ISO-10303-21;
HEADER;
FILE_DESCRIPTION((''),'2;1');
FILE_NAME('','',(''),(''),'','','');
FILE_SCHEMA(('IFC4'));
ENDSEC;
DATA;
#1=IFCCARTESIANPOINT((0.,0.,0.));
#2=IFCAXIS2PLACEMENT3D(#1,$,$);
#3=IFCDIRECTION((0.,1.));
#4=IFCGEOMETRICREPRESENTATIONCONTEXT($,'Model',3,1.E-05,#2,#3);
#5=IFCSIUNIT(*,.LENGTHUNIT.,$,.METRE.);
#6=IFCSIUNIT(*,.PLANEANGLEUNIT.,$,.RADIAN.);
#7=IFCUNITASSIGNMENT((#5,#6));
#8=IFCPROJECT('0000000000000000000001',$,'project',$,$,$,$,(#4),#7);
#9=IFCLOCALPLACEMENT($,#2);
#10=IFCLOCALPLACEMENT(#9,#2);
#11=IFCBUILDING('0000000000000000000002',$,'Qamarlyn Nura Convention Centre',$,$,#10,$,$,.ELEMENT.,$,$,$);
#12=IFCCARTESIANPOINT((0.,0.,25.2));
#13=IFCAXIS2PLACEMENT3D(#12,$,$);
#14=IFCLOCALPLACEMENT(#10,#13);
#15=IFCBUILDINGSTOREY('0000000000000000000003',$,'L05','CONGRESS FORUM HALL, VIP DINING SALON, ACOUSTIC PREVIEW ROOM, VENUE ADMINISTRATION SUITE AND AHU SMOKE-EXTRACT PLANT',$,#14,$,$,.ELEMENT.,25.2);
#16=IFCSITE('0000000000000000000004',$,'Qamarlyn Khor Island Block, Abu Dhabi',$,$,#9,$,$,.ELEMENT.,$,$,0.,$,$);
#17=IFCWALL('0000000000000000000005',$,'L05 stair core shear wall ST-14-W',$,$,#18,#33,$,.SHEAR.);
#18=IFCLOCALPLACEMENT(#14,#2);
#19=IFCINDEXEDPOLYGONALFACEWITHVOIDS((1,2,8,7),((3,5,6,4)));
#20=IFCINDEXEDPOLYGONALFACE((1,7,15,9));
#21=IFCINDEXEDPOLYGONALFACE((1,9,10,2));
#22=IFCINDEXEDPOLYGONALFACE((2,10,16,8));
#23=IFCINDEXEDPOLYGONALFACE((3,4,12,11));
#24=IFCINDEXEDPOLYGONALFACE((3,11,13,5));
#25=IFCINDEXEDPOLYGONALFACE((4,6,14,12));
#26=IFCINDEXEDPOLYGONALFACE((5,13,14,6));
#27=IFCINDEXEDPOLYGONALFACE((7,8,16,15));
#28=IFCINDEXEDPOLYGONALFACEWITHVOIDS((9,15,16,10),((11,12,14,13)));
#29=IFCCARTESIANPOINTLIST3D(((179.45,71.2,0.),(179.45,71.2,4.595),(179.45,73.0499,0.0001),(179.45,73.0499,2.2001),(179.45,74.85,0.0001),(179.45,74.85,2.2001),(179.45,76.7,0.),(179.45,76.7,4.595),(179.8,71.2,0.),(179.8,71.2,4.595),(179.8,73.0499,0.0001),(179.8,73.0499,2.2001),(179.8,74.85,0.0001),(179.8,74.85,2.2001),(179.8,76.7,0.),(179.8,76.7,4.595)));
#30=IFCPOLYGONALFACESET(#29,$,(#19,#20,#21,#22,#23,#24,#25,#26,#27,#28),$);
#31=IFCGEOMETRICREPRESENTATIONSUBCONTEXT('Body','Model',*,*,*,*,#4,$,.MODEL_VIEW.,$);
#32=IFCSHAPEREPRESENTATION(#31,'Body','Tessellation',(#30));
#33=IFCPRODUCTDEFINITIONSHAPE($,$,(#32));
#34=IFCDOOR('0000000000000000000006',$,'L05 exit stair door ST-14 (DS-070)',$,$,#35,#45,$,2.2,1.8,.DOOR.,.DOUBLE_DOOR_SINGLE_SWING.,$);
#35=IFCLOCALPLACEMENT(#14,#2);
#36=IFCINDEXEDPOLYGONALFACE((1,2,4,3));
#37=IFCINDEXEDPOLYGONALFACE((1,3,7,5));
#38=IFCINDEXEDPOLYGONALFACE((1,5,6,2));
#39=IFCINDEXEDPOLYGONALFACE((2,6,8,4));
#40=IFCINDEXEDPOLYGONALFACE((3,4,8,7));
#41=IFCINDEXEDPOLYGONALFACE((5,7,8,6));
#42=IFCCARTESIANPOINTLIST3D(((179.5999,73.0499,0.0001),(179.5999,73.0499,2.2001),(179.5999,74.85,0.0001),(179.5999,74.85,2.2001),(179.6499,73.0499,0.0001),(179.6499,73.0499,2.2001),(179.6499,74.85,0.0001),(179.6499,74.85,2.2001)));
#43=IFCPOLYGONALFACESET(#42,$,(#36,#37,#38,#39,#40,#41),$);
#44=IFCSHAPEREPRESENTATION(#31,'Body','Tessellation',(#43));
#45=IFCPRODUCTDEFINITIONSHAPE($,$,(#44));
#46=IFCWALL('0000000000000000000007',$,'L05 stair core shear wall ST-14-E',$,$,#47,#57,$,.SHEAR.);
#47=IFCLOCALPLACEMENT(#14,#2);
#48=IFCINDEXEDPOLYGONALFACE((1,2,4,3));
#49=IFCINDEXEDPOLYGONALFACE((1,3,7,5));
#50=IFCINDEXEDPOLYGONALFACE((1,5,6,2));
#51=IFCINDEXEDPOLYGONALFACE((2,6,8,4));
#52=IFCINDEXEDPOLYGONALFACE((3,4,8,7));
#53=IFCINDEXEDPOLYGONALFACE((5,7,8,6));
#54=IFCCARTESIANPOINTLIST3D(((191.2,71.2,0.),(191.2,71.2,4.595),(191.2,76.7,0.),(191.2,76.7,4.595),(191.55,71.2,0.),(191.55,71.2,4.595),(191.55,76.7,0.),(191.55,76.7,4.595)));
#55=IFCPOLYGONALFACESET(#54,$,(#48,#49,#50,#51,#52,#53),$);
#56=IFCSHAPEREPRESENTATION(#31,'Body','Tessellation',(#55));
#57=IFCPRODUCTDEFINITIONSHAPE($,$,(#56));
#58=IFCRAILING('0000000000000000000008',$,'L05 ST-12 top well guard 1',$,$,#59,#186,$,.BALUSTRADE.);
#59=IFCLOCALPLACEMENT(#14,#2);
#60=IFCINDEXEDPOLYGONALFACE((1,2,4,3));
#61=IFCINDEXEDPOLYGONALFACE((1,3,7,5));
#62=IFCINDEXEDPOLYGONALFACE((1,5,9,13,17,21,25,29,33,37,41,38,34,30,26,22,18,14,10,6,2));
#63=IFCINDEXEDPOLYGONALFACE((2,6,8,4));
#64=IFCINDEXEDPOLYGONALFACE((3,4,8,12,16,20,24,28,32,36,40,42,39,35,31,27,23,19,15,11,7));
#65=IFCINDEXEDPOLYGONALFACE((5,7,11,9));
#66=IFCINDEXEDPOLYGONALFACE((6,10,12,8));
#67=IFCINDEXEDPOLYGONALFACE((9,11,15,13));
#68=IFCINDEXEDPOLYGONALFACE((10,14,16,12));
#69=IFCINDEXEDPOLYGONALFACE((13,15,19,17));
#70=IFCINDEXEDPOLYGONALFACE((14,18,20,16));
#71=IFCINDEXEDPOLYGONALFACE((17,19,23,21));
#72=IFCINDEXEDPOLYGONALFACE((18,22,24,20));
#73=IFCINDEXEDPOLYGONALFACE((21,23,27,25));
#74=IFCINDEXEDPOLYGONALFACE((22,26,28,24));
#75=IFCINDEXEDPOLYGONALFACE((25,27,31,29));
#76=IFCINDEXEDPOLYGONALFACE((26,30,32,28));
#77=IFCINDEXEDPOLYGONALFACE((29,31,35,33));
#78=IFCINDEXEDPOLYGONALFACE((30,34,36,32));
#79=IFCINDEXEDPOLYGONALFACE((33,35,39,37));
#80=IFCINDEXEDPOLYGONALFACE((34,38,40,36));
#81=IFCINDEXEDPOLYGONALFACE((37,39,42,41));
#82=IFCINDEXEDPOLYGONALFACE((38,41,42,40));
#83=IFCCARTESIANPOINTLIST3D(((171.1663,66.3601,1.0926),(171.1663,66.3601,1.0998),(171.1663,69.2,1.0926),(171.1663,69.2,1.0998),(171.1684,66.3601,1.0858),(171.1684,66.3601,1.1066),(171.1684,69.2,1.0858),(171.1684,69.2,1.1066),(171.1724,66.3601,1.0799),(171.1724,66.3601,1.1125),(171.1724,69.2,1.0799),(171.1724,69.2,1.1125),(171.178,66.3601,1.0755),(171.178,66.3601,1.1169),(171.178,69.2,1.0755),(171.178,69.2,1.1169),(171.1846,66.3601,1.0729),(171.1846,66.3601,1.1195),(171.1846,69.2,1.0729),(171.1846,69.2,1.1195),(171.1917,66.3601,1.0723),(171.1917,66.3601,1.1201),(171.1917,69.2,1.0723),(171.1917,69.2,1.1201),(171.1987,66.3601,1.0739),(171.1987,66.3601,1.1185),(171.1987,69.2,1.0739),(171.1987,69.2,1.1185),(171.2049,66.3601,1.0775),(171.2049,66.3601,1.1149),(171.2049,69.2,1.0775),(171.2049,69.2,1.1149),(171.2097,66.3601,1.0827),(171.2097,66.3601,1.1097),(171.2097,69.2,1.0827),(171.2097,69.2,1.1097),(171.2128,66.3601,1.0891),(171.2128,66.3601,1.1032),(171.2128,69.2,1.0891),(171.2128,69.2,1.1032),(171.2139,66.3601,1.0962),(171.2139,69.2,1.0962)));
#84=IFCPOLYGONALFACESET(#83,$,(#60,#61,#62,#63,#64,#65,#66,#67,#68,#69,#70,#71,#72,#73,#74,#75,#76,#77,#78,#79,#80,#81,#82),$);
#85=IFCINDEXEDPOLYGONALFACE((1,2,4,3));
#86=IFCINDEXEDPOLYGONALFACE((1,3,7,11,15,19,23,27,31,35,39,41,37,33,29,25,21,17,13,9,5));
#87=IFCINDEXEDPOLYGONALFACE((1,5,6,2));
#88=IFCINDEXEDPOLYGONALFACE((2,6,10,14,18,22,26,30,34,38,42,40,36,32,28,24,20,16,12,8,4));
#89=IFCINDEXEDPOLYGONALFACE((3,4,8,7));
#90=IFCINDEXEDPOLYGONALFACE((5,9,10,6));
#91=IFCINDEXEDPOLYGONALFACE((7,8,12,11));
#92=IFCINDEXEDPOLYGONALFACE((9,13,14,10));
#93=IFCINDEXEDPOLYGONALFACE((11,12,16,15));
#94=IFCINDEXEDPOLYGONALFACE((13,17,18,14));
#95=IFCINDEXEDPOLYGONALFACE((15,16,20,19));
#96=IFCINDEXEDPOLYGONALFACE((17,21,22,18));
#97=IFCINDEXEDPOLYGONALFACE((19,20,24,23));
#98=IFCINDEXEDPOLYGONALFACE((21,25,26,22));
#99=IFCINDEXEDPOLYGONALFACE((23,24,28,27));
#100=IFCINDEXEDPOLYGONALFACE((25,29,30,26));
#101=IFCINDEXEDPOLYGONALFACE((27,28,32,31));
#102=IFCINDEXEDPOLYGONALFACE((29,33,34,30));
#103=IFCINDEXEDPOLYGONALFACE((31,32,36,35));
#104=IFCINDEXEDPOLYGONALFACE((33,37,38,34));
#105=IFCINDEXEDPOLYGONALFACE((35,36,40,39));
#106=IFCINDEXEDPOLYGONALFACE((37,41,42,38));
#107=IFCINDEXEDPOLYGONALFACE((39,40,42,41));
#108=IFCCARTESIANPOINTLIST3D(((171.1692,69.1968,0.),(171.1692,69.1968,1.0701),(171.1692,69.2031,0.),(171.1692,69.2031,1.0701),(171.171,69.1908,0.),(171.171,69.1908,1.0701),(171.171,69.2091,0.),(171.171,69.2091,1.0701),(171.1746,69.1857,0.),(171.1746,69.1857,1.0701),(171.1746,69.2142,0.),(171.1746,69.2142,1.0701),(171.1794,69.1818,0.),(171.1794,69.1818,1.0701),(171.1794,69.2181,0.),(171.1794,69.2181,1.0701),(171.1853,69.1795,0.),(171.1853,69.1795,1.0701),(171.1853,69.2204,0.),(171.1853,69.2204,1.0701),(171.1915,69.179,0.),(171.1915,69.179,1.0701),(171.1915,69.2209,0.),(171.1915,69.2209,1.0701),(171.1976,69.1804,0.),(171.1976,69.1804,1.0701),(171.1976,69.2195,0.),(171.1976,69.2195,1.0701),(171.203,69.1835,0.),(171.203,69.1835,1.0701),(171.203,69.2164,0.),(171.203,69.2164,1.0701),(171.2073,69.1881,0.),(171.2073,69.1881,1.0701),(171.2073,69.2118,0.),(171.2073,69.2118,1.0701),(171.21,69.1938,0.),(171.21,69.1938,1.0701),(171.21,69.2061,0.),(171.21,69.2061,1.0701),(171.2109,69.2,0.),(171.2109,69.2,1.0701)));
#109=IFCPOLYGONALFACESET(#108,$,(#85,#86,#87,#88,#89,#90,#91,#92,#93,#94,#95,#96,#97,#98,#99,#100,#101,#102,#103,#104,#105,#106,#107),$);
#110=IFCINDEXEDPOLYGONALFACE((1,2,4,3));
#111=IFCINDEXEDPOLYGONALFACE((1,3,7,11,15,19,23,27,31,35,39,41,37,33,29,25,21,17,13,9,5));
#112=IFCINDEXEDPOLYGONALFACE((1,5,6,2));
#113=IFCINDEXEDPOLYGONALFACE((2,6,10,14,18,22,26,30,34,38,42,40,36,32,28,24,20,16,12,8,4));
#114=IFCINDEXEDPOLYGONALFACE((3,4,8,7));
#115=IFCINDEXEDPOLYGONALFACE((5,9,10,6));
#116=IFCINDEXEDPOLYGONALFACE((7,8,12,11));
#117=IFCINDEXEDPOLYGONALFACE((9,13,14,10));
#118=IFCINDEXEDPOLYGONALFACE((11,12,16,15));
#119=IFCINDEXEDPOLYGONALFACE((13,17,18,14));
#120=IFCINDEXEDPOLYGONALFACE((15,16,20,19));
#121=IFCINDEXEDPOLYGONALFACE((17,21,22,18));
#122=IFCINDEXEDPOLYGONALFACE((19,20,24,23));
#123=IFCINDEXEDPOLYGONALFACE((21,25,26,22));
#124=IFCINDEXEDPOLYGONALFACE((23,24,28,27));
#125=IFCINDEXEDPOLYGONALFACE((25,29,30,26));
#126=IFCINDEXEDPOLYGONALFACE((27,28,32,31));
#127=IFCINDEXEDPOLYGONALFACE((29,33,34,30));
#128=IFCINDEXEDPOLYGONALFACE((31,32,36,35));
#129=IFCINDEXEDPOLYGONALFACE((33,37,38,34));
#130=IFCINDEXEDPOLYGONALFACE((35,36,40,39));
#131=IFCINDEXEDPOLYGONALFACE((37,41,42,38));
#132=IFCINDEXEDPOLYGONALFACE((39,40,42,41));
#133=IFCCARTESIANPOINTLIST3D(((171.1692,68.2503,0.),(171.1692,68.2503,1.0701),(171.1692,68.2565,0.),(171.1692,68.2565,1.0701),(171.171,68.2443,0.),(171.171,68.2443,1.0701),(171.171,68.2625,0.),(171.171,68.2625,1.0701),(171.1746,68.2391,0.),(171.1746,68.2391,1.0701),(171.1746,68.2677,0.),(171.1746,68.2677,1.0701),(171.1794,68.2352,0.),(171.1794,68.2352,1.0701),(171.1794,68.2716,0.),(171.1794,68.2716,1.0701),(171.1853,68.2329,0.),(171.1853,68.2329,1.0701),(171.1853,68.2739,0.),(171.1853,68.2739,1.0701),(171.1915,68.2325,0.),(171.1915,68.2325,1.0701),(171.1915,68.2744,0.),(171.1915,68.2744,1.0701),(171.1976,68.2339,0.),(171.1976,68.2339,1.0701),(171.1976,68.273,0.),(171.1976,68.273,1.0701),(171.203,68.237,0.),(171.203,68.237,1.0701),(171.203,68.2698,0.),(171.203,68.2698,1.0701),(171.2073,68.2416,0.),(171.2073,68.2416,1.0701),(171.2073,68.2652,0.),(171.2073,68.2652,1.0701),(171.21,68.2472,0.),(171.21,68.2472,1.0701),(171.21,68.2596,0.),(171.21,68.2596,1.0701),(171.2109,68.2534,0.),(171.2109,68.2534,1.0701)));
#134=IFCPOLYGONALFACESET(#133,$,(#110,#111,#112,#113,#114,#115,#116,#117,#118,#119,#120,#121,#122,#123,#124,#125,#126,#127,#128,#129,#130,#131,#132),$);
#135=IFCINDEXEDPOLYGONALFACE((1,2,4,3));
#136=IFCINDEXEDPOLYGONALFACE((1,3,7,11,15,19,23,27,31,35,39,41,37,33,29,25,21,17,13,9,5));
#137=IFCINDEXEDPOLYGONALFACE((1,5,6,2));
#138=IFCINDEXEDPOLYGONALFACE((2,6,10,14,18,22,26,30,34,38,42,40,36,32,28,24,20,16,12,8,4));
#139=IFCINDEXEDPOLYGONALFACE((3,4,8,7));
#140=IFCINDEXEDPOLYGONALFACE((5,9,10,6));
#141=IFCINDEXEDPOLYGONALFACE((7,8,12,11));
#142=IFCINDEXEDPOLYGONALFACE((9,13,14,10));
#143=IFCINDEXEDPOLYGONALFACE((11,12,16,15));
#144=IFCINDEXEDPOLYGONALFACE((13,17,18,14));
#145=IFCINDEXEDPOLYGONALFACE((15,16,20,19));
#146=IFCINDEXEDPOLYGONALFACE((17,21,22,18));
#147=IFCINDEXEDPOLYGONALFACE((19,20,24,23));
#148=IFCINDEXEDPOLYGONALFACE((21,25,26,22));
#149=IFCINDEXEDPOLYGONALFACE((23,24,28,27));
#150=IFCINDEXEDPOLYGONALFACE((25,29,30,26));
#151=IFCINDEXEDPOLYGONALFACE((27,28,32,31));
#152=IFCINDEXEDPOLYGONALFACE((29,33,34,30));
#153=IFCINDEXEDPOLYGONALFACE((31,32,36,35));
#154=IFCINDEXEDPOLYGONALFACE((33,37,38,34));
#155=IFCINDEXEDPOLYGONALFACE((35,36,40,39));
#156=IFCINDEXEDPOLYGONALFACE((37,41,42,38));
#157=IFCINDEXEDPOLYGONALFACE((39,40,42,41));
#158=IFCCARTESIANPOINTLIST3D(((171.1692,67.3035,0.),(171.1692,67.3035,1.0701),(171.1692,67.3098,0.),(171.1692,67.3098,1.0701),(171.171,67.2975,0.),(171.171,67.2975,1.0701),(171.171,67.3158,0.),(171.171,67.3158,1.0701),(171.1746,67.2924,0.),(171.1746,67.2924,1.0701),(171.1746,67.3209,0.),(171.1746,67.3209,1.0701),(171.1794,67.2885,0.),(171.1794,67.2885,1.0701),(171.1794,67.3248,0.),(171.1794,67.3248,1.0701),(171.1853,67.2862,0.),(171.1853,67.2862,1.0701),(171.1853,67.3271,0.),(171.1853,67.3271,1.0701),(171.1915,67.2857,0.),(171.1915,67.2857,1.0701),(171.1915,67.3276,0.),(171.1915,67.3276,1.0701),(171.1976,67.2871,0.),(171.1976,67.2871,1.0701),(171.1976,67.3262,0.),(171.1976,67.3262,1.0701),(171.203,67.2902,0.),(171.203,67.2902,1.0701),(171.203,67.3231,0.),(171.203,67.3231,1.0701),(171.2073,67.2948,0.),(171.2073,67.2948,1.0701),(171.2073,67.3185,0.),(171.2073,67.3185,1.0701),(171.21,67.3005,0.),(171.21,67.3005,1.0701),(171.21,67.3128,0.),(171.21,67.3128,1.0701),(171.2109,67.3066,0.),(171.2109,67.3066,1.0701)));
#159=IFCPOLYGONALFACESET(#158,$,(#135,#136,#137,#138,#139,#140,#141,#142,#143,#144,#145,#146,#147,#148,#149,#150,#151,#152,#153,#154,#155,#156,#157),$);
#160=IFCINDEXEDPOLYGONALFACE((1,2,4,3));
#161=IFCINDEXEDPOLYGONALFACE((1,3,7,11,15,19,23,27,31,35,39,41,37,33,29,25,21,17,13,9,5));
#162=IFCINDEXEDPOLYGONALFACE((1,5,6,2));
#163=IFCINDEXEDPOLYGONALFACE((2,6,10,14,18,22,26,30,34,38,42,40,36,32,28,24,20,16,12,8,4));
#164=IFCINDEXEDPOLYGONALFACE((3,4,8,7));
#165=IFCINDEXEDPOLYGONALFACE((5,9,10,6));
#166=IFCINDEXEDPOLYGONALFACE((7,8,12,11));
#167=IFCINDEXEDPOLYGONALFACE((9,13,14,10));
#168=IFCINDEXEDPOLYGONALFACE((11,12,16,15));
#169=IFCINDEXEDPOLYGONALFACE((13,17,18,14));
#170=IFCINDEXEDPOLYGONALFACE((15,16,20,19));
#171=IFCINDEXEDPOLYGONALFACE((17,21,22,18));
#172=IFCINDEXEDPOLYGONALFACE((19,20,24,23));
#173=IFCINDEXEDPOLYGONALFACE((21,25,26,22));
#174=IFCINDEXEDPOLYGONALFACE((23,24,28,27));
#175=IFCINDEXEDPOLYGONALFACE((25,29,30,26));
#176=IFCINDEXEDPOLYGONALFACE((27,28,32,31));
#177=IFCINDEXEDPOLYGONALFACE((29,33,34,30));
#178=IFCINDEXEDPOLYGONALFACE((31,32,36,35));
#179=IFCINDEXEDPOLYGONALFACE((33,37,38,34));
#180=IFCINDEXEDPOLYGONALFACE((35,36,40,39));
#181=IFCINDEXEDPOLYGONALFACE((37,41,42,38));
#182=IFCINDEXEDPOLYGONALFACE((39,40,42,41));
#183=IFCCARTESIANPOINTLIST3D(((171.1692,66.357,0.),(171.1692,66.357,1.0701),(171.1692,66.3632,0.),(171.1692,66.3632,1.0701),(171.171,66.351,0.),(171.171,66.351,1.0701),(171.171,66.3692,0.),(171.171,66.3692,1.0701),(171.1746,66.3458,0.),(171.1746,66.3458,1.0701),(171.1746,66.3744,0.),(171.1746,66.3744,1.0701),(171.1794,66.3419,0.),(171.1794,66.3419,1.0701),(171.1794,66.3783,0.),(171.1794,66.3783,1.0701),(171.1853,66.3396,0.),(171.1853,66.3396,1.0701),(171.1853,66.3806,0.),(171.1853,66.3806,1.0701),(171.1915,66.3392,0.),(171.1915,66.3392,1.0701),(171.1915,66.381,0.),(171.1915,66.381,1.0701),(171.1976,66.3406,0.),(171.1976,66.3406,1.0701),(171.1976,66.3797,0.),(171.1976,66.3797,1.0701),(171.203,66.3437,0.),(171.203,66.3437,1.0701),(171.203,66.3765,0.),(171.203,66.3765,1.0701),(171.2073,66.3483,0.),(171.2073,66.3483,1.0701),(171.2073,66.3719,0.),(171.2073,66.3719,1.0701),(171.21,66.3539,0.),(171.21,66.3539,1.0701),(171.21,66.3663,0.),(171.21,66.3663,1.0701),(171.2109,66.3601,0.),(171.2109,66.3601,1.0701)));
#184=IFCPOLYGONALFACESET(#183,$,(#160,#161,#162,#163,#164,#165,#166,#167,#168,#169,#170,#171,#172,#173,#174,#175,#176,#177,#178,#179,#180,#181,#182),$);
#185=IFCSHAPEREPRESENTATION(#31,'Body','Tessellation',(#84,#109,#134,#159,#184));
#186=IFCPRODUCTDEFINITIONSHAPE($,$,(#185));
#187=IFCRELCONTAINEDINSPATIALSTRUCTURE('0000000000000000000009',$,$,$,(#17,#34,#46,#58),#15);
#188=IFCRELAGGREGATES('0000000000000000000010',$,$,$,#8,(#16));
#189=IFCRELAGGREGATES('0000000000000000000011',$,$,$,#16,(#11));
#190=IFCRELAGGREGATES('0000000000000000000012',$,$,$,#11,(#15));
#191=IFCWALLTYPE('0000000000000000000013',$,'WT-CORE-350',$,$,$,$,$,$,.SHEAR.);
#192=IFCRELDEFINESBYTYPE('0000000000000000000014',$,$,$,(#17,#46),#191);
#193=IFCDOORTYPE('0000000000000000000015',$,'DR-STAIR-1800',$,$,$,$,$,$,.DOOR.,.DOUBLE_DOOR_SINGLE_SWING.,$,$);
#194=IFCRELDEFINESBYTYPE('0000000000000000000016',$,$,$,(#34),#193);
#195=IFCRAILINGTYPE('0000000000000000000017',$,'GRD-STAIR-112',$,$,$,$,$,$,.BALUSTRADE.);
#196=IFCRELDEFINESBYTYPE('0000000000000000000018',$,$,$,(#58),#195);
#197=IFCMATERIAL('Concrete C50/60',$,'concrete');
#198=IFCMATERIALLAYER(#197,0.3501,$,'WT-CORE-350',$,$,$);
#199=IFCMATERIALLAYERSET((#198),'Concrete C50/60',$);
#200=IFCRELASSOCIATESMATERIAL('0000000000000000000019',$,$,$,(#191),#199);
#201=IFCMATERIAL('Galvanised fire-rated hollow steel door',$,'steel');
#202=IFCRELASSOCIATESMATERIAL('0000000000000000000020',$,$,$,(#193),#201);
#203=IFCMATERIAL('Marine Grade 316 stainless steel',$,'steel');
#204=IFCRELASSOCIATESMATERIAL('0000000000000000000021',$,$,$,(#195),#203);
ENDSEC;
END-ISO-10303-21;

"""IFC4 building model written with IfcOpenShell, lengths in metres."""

from ifc_helpers import new_model, si_unit, direction, frame, frame_2d, origin, origin_2d, place, context, subcontext, project, spatial, rectangle, circle, extrude, material, layer, layer_set, type_object, element, fill, save


model = new_model("IFC4")

# Units and contexts
model_context = context("Model", 3, precision=1e-05, world=origin(), true_north=direction((0.0, 1.0)))
body_context = subcontext(model_context, "Body", "Model", "MODEL_VIEW")
ifc_project = project(units=[si_unit("LENGTHUNIT", "METRE"), si_unit("PLANEANGLEUNIT", "RADIAN")], contexts=[model_context])

# Site, building, storey
site_placement = place(None, origin())
site = spatial("IfcSite", under=ifc_project, at=site_placement, Name="Qamarlyn Khor Island Block, Abu Dhabi", CompositionType="ELEMENT", RefElevation=0.0)
building_placement = place(site_placement, origin())
building = spatial("IfcBuilding", under=site, at=building_placement, Name="Qamarlyn Nura Convention Centre", CompositionType="ELEMENT")
storey_placement = place(building_placement, frame((0.0, 0.0, 25.2)))
storey = spatial("IfcBuildingStorey", under=building, at=storey_placement, Name="L05", Description="CONGRESS FORUM HALL, VIP DINING SALON, ACOUSTIC PREVIEW ROOM, VENUE ADMINISTRATION SUITE AND AHU SMOKE-EXTRACT PLANT", CompositionType="ELEMENT", Elevation=25.2)

# Shared definitions
ifc_material_1 = material(Name="Concrete C50/60", Category="concrete")
ifc_layer_1 = layer(ifc_material_1, 0.3501, Name="WT-CORE-350")
ifc_layer_set_1 = layer_set([ifc_layer_1], Name="Concrete C50/60")
wall_type = type_object("IfcWallType", Name="WT-CORE-350", PredefinedType="SHEAR", material=ifc_layer_set_1)

# Wall, opening, door
wall_1_placement = place(storey_placement, frame((179.625, 76.7, 0.0), z_axis=(0.0, 0.0, 1.0), x_axis=(0.0, -1.0, 0.0)))
wall_1 = element("IfcWall", 1, at=wall_1_placement, inside=storey, type_object=wall_type, Name="L05 stair core shear wall ST-14-W", PredefinedType="SHEAR", context=body_context, shape_type="SweptSolid", body=[
    extrude(rectangle(XDim=5.5, YDim=0.3501, at=frame_2d((2.75, 0.0))), origin(), (0.0, 0.0, 1.0), 4.595),
])
opening_placement = place(wall_1_placement, frame((1.8501, 0.0, 0.0)))
opening = element("IfcOpeningElement", 2, at=opening_placement, cuts=wall_1, PredefinedType="OPENING", context=body_context, shape_type="SweptSolid", body=[
    extrude(rectangle(XDim=1.8, YDim=2.2, at=frame_2d((0.8999, 1.1001))), frame((0.0, 0.1851, 0.0), z_axis=(0.0, -1.0, 0.0), x_axis=(1.0, 0.0, 0.0)), (0.0, 0.0, 1.0), 0.3701),
])
ifc_material_2 = material(Name="Galvanised fire-rated hollow steel door", Category="steel")
door_type = type_object("IfcDoorType", Name="DR-STAIR-1800", OperationType="DOUBLE_DOOR_SINGLE_SWING", PredefinedType="DOOR", material=ifc_material_2)
door_placement = place(opening_placement, origin())
door = element("IfcDoor", 3, at=door_placement, inside=storey, type_object=door_type, Name="L05 exit stair door ST-14 (DS-070)", OperationType="DOUBLE_DOOR_SINGLE_SWING", OverallHeight=2.2, OverallWidth=1.8, PredefinedType="DOOR", context=body_context, shape_type="SweptSolid", body=[
    extrude(rectangle(XDim=1.8, YDim=2.2, at=frame_2d((0.8999, 1.1001))), frame((0.0, 0.0249, 0.0), z_axis=(0.0, -1.0, 0.0), x_axis=(1.0, 0.0, 0.0)), (0.0, 0.0, 1.0), 0.05),
])
fill(opening, door)

# Wall
wall_2_placement = place(storey_placement, frame((191.375, 71.2, 0.0), z_axis=(0.0, 0.0, 1.0), x_axis=(0.0, 1.0, 0.0)))
element("IfcWall", 4, at=wall_2_placement, inside=storey, type_object=wall_type, Name="L05 stair core shear wall ST-14-E", PredefinedType="SHEAR", context=body_context, shape_type="SweptSolid", body=[
    extrude(rectangle(XDim=5.5, YDim=0.3501, at=frame_2d((2.75, 0.0))), origin(), (0.0, 0.0, 1.0), 4.595),
])

# Railing
ifc_material_3 = material(Name="Marine Grade 316 stainless steel", Category="steel")
railing_type = type_object("IfcRailingType", Name="GRD-STAIR-112", PredefinedType="BALUSTRADE", material=ifc_material_3)
railing_1_placement = place(storey_placement, frame((171.1899, 69.2, 0.0)))
element("IfcRailing", 5, at=railing_1_placement, inside=storey, type_object=railing_type, Name="L05 ST-12 top well guard 1", PredefinedType="BALUSTRADE", context=body_context, shape_type="SweptSolid", body=[
    extrude(circle(Radius=0.0239, at=origin_2d()), frame((0.0, 0.0, 1.0962), z_axis=(0.0, -1.0, 0.0), x_axis=(1.0, 0.0, 0.0)), (0.0, 0.0, 1.0), 2.8398),
    extrude(circle(Radius=0.021, at=origin_2d()), origin(), (0.0, 0.0, 1.0), 1.0701),
    extrude(circle(Radius=0.021, at=origin_2d()), frame((0.0, -0.9465, 0.0)), (0.0, 0.0, 1.0), 1.0701),
    extrude(circle(Radius=0.021, at=origin_2d()), frame((0.0, -1.8933, 0.0)), (0.0, 0.0, 1.0), 1.0701),
    extrude(circle(Radius=0.021, at=origin_2d()), frame((0.0, -2.8398, 0.0)), (0.0, 0.0, 1.0), 1.0701),
])

save(model, "model.ifc")
